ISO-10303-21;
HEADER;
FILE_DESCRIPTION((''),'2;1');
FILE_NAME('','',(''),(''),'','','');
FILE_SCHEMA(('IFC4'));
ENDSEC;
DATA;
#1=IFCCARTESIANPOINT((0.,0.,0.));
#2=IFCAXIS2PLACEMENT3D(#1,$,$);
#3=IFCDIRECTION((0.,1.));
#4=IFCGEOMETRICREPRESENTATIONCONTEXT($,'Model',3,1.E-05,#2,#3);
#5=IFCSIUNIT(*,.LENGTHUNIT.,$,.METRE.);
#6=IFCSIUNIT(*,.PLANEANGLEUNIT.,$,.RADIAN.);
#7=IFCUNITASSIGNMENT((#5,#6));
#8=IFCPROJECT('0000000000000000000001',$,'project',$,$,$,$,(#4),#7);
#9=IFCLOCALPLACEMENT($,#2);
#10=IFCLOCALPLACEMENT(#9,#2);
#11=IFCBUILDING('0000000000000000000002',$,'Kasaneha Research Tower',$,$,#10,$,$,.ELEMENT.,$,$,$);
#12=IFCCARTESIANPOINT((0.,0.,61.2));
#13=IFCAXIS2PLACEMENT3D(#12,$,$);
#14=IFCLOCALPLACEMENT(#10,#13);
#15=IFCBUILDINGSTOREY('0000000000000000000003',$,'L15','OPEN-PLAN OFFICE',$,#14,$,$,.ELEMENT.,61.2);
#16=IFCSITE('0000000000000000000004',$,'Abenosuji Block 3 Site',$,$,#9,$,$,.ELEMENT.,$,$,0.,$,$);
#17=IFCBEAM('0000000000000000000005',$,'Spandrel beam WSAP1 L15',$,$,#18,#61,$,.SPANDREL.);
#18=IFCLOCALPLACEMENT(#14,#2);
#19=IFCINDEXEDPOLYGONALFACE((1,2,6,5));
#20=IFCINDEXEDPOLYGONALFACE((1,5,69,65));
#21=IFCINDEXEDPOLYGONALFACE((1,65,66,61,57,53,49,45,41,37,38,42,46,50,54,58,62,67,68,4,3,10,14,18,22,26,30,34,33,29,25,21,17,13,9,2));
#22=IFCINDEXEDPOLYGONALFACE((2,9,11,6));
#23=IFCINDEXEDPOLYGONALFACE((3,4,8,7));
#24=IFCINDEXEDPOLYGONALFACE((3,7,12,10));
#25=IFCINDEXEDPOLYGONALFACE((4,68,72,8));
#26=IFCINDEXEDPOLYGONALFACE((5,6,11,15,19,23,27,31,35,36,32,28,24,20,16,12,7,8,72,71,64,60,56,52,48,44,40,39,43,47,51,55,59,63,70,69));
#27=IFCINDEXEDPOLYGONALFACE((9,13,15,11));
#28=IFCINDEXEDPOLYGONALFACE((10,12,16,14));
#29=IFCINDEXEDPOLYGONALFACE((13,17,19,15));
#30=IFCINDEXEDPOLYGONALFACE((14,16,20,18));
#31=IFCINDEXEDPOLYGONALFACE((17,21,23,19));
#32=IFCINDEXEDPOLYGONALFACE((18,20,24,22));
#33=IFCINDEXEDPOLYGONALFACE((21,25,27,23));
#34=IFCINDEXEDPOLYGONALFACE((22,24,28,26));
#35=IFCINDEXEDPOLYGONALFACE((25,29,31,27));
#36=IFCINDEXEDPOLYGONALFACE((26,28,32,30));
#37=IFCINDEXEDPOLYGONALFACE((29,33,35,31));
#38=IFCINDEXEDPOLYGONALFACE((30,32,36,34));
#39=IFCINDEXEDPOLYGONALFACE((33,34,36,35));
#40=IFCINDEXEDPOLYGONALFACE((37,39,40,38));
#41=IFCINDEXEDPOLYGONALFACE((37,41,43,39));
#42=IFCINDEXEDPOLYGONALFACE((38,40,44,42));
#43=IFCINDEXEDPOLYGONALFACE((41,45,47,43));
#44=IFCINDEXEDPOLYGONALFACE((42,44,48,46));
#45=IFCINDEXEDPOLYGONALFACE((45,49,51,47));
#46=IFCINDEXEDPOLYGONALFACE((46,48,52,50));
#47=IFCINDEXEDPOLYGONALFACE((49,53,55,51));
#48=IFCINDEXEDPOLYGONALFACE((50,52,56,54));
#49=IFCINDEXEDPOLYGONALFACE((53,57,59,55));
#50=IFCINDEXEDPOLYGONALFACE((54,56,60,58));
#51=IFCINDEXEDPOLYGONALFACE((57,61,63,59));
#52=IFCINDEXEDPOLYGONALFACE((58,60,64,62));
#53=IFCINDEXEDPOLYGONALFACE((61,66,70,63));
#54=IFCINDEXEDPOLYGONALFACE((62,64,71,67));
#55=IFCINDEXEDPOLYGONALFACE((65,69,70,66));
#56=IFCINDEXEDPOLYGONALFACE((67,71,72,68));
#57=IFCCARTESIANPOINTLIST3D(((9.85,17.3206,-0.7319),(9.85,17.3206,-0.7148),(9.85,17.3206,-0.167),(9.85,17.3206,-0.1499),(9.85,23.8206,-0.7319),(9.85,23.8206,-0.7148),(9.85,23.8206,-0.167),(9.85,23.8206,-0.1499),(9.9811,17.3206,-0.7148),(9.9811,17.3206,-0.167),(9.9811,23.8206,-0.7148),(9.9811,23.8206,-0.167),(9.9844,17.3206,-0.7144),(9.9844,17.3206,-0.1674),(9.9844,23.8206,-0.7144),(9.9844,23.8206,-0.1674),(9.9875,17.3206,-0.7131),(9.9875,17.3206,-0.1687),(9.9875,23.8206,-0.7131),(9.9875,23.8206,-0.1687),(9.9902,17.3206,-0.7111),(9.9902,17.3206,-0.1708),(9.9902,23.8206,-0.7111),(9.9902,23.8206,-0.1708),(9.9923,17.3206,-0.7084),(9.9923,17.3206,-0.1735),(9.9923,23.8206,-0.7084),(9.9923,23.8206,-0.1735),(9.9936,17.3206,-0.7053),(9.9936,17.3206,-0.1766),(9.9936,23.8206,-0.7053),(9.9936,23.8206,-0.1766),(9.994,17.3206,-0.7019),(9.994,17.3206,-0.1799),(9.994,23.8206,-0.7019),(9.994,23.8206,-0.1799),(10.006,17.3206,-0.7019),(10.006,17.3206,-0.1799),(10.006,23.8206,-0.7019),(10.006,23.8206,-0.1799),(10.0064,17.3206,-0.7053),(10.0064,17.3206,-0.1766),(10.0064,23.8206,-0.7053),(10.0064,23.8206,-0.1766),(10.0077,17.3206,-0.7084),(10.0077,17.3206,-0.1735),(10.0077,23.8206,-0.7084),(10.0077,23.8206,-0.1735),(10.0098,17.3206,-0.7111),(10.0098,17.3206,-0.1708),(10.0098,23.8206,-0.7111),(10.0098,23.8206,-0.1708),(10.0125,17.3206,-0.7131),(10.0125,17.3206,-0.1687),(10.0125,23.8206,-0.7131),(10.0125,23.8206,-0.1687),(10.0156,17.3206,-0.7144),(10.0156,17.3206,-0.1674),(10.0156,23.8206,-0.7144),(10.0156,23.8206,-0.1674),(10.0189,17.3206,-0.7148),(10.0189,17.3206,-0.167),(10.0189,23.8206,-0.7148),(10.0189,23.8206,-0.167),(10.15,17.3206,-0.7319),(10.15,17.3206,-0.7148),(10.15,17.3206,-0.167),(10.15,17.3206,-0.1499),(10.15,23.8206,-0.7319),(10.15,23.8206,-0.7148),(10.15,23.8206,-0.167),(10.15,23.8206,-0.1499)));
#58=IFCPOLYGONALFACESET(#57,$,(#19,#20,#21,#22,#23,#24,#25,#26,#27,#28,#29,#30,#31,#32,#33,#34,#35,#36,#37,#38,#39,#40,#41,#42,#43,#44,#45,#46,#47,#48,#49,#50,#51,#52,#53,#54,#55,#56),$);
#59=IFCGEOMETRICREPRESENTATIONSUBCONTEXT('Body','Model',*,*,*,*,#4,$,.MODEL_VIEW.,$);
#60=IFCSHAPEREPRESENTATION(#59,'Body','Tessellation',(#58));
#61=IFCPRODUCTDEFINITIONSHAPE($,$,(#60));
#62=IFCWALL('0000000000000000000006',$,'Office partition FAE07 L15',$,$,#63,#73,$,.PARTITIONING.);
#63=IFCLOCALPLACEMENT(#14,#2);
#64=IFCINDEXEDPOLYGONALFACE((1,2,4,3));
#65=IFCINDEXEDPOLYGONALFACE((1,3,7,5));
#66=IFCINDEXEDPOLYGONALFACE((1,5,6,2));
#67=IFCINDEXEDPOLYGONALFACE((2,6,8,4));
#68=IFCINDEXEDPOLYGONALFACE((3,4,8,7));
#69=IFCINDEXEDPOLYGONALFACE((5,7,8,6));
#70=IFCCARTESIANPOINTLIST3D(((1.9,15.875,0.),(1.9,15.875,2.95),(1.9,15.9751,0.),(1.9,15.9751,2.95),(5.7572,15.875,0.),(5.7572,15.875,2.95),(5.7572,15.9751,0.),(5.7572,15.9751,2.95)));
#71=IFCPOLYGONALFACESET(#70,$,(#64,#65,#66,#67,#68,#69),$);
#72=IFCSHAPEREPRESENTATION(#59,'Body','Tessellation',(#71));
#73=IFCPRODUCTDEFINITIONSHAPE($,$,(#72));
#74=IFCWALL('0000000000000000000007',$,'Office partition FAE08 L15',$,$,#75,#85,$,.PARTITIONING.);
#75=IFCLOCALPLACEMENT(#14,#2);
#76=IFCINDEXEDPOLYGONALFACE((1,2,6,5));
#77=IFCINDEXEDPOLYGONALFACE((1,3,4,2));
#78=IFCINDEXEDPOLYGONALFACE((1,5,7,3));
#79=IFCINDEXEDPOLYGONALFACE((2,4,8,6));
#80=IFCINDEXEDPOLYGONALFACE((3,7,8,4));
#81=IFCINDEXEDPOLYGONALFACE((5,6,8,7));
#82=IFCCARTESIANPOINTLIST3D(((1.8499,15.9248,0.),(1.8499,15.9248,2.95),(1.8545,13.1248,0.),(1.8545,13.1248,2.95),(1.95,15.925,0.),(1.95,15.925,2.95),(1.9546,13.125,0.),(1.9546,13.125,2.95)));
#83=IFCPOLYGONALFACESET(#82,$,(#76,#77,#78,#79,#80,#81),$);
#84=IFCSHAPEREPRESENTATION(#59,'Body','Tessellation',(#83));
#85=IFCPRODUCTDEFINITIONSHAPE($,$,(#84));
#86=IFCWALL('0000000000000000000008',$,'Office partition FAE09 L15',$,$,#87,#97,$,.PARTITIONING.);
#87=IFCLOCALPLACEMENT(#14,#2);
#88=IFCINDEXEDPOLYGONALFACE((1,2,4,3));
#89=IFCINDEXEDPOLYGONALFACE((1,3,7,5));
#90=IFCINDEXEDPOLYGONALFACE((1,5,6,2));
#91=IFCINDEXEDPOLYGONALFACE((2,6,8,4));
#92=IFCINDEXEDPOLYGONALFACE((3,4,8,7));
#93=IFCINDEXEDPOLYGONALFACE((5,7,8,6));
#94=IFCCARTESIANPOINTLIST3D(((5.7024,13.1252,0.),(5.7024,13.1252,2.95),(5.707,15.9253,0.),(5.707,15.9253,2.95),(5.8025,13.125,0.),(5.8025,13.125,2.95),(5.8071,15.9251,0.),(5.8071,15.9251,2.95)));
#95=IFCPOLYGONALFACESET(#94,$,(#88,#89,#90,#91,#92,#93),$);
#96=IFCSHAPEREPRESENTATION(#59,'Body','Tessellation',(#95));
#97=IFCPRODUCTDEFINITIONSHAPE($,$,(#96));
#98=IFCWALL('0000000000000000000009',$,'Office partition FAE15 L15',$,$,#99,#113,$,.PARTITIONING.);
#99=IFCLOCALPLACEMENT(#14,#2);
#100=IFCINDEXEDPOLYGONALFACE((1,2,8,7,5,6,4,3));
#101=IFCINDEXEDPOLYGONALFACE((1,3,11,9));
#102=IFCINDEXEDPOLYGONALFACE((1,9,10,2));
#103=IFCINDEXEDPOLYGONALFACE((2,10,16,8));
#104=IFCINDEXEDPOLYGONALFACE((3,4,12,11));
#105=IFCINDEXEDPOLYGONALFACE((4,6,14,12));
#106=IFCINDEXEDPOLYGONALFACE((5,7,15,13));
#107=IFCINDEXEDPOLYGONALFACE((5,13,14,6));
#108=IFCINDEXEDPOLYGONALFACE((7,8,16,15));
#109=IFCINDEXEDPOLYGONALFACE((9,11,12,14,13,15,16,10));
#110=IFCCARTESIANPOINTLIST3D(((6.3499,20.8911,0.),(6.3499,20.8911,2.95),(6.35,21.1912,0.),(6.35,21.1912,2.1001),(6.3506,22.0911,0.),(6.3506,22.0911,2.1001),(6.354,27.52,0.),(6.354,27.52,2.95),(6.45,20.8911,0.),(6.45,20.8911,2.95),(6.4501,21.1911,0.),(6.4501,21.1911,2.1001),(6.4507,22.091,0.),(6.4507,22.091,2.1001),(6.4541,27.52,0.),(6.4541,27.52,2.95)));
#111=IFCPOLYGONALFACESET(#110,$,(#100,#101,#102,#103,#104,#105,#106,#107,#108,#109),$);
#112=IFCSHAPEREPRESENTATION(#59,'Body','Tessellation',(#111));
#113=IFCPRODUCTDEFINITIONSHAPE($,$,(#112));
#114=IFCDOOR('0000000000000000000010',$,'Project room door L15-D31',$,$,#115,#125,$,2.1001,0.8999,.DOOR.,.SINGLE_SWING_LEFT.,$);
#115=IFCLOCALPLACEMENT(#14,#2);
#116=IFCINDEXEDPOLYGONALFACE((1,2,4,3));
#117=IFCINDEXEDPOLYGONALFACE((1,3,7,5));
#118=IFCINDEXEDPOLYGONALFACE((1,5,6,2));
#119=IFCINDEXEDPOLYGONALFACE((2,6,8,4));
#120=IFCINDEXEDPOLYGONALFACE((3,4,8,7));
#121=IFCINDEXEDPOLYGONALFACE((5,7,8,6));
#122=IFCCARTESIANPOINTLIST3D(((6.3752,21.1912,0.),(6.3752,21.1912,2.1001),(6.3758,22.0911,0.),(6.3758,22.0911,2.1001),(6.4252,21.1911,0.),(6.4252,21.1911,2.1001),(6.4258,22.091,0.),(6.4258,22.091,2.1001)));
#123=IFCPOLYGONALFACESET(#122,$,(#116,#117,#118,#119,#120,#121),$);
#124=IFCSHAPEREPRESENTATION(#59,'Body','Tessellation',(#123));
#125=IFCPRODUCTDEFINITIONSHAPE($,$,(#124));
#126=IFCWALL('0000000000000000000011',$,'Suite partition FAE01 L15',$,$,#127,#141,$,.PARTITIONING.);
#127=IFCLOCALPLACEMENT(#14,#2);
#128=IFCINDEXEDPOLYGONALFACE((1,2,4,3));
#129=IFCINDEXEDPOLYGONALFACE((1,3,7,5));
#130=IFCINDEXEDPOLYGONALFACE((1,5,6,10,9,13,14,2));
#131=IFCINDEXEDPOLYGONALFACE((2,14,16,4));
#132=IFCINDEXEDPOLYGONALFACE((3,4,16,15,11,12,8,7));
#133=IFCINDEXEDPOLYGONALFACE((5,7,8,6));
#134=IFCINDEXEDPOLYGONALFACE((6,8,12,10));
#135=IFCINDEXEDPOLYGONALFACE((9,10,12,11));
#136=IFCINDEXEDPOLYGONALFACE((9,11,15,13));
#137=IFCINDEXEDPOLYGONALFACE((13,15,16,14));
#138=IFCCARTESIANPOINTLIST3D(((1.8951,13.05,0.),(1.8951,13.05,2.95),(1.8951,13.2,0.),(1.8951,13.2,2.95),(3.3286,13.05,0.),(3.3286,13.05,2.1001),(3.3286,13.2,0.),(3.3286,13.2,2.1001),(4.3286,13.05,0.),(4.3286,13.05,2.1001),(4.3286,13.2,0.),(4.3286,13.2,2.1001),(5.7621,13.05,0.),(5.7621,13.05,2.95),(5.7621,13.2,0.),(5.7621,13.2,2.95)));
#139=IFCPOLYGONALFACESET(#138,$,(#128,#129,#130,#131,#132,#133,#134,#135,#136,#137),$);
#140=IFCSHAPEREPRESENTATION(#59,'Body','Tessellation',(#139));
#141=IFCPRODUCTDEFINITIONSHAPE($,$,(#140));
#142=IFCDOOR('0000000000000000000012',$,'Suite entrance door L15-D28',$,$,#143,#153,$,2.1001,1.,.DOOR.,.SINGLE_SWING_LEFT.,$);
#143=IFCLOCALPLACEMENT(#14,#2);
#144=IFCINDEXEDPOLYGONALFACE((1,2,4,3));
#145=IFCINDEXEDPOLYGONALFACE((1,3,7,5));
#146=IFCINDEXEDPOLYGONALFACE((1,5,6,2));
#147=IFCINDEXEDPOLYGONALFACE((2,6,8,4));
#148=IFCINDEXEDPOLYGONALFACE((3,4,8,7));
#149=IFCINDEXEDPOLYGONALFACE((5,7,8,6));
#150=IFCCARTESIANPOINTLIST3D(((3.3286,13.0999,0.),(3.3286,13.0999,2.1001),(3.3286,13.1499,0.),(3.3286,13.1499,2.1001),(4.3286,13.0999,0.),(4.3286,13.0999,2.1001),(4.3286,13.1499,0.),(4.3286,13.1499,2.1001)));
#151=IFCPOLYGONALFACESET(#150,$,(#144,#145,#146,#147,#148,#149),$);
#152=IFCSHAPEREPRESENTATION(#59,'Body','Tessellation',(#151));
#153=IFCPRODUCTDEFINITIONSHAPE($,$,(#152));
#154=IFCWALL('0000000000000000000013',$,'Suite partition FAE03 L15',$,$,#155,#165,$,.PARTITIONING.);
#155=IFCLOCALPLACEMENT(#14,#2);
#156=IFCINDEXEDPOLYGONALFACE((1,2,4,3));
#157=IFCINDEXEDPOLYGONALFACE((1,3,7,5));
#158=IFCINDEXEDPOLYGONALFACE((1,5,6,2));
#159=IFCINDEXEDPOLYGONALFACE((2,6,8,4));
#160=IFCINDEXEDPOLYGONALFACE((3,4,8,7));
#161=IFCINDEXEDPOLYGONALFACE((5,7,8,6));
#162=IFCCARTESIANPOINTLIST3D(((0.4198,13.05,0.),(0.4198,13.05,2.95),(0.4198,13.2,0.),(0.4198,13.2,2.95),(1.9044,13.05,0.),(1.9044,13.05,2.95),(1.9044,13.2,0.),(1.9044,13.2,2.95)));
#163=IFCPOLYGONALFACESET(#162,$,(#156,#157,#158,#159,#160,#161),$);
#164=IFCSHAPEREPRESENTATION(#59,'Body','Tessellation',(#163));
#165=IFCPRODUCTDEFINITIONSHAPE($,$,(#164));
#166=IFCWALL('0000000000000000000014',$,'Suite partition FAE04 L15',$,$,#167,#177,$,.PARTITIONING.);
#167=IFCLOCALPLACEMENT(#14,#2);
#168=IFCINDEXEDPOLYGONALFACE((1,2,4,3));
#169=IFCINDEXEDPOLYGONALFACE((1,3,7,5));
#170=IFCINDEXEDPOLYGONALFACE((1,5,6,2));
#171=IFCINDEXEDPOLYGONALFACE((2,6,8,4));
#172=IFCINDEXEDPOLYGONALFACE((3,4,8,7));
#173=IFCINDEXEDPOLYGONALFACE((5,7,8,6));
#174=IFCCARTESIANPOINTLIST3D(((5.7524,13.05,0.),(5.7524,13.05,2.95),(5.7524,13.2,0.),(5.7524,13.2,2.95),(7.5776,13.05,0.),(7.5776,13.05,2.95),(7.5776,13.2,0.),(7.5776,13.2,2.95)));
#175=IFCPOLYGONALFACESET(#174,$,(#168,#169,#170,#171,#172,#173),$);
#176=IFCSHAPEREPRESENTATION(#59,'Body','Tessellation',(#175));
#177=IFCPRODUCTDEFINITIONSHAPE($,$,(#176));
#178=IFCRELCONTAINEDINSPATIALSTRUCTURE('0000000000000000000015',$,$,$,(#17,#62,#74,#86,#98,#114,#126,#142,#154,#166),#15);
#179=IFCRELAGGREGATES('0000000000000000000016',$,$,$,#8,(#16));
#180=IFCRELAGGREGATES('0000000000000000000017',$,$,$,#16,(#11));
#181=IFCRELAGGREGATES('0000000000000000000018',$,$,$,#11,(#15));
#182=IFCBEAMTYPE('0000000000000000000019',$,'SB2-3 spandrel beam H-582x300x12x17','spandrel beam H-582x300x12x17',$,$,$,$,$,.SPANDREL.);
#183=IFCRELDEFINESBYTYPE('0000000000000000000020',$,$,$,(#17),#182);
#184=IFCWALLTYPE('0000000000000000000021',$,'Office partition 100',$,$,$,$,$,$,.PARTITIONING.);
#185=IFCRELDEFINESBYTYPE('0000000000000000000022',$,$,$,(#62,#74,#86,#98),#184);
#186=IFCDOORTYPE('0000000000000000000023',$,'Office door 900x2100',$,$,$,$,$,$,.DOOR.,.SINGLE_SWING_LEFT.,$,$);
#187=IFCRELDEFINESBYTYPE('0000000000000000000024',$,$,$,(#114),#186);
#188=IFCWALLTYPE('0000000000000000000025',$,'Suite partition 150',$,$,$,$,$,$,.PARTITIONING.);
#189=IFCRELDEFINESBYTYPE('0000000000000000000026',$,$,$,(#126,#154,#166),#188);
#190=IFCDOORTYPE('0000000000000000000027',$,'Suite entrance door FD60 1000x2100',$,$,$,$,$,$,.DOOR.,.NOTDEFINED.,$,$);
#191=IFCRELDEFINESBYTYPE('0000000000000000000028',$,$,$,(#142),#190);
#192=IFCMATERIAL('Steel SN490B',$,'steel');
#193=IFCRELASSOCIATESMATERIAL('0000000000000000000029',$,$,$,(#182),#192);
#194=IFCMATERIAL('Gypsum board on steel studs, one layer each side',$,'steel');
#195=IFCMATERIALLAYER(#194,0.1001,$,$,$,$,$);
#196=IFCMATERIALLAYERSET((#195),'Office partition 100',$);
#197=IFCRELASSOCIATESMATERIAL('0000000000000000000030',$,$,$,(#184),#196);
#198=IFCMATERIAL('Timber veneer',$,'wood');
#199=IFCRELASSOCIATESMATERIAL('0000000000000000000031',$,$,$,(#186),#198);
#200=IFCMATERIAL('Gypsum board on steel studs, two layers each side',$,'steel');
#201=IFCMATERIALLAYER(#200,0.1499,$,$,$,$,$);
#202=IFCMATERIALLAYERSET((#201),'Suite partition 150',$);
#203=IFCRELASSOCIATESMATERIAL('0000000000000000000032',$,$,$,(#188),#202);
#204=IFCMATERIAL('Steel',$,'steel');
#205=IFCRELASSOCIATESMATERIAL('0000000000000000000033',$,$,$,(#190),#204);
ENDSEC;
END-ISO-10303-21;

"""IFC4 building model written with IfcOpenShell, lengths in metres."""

from ifc_helpers import new_model, si_unit, direction, frame, frame_2d, origin, origin_2d, place, context, subcontext, project, spatial, rectangle, i_section, extrude, material, layer, layer_set, material_profile, profile_set, type_object, element, fill, save


model = new_model("IFC4")

# Units and contexts
model_context = context("Model", 3, precision=1e-05, world=origin(), true_north=direction((0.0, 1.0)))
body_context = subcontext(model_context, "Body", "Model", "MODEL_VIEW")
ifc_project = project(units=[si_unit("LENGTHUNIT", "METRE"), si_unit("PLANEANGLEUNIT", "RADIAN")], contexts=[model_context])

# Site, building, storey
site_placement = place(None, origin())
site = spatial("IfcSite", under=ifc_project, at=site_placement, Name="Abenosuji Block 3 Site", CompositionType="ELEMENT", RefElevation=0.0)
building_placement = place(site_placement, origin())
building = spatial("IfcBuilding", under=site, at=building_placement, Name="Kasaneha Research Tower", CompositionType="ELEMENT")
storey_placement = place(building_placement, frame((0.0, 0.0, 61.2)))
storey = spatial("IfcBuildingStorey", under=building, at=storey_placement, Name="L15", Description="OPEN-PLAN OFFICE", CompositionType="ELEMENT", Elevation=61.2)

# Beam
ifc_material_1 = material(Name="Steel SN490B", Category="steel")
ifc_material_profile_1 = material_profile(ifc_material_1, i_section(OverallWidth=0.3, OverallDepth=0.582, WebThickness=0.012, FlangeThickness=0.0171, FilletRadius=0.0129, at=origin_2d()), Name="H-582x300x12x17")
ifc_profile_set_1 = profile_set([ifc_material_profile_1], Name="Steel SN490B")
beam_type_1 = type_object("IfcBeamType", Name="SB2-3 spandrel beam H-582x300x12x17", Description="spandrel beam H-582x300x12x17", PredefinedType="SPANDREL", material=ifc_profile_set_1)
beam_1_placement = place(storey_placement, frame((10.0, 17.3206, -0.4409), z_axis=(0.0, 1.0, 0.0), x_axis=(-1.0, 0.0, 0.0)))
element("IfcBeam", 1, at=beam_1_placement, inside=storey, type_object=beam_type_1, Name="Spandrel beam WSAP1 L15", PredefinedType="SPANDREL", context=body_context, shape_type="SweptSolid", body=[
    extrude(i_section(OverallWidth=0.3, OverallDepth=0.582, WebThickness=0.012, FlangeThickness=0.0171, FilletRadius=0.0129, at=origin_2d()), origin(), (0.0, 0.0, 1.0), 6.5),
])

# Walls
ifc_material_2 = material(Name="Gypsum board on steel studs, one layer each side", Category="steel")
ifc_layer_1 = layer(ifc_material_2, 0.1001)
ifc_layer_set_1 = layer_set([ifc_layer_1], Name="Office partition 100")
wall_type_1 = type_object("IfcWallType", Name="Office partition 100", PredefinedType="PARTITIONING", material=ifc_layer_set_1)
wall_1_placement = place(storey_placement, frame((1.8999, 15.925, 0.0), z_axis=(0.0, 0.0, 1.0), x_axis=(1.0, 0.0, 0.0)))
element("IfcWall", 2, at=wall_1_placement, inside=storey, type_object=wall_type_1, Name="Office partition FAE07 L15", PredefinedType="PARTITIONING", context=body_context, shape_type="SweptSolid", body=[
    extrude(rectangle(XDim=3.8572, YDim=0.1001, at=frame_2d((1.9287, 0.0))), origin(), (0.0, 0.0, 1.0), 2.95),
])
for number, where, z_axis, x_axis, name in (
    (3, (1.9045, 13.125, 0.0), (0.0, 0.0, 1.0), (-0.001657, 0.999999, 0.0), "Office partition FAE08 L15"),
    (4, (5.7571, 15.925, 0.0), (0.0, 0.0, 1.0), (-0.001657, -0.999999, 0.0), "Office partition FAE09 L15"),
):
    element("IfcWall", number, at=place(storey_placement, frame(where, z_axis=z_axis, x_axis=x_axis)), inside=storey, type_object=wall_type_1, Name=name, PredefinedType="PARTITIONING", context=body_context, shape_type="SweptSolid", body=[
        extrude(rectangle(XDim=2.8, YDim=0.1001, at=frame_2d((1.3999, 0.0))), origin(), (0.0, 0.0, 1.0), 2.95),
    ])

# Walls, openings, doors
wall_2_placement = place(storey_placement, frame((6.3999, 20.8911, 0.0), z_axis=(0.0, 0.0, 1.0), x_axis=(0.000626, 1.0, 0.0)))
wall_2 = element("IfcWall", 5, at=wall_2_placement, inside=storey, type_object=wall_type_1, Name="Office partition FAE15 L15", PredefinedType="PARTITIONING", context=body_context, shape_type="SweptSolid", body=[
    extrude(rectangle(XDim=6.6289, YDim=0.1001, at=frame_2d((3.3145, 0.0))), origin(), (0.0, 0.0, 1.0), 2.95),
])
opening_1_placement = place(wall_2_placement, frame((0.3, 0.0, 0.0)))
opening_1 = element("IfcOpeningElement", 6, at=opening_1_placement, cuts=wall_2, PredefinedType="OPENING", context=body_context, shape_type="SweptSolid", body=[
    extrude(rectangle(XDim=0.8999, YDim=2.1001, at=frame_2d((0.45, 1.05))), frame((0.0, 0.0601, 0.0), z_axis=(0.0, -1.0, 0.0), x_axis=(1.0, 0.0, 0.0)), (0.0, 0.0, 1.0), 0.1201),
])
ifc_material_3 = material(Name="Timber veneer", Category="wood")
door_type_1 = type_object("IfcDoorType", Name="Office door 900x2100", OperationType="SINGLE_SWING_LEFT", PredefinedType="DOOR", material=ifc_material_3)
door_1_placement = place(opening_1_placement, origin())
door_1 = element("IfcDoor", 7, at=door_1_placement, inside=storey, type_object=door_type_1, Name="Project room door L15-D31", OperationType="SINGLE_SWING_LEFT", OverallHeight=2.1001, OverallWidth=0.8999, PredefinedType="DOOR", context=body_context, shape_type="SweptSolid", body=[
    extrude(rectangle(XDim=0.8999, YDim=2.1001, at=frame_2d((0.45, 1.05))), frame((0.0, 0.0249, 0.0), z_axis=(0.0, -1.0, 0.0), x_axis=(1.0, 0.0, 0.0)), (0.0, 0.0, 1.0), 0.05),
])
fill(opening_1, door_1)
ifc_material_4 = material(Name="Gypsum board on steel studs, two layers each side", Category="steel")
ifc_layer_2 = layer(ifc_material_4, 0.1499)
ifc_layer_set_2 = layer_set([ifc_layer_2], Name="Suite partition 150")
wall_type_2 = type_object("IfcWallType", Name="Suite partition 150", PredefinedType="PARTITIONING", material=ifc_layer_set_2)
wall_3_placement = place(storey_placement, frame((1.895, 13.125, 0.0), z_axis=(0.0, 0.0, 1.0), x_axis=(1.0, 0.0, 0.0)))
wall_3 = element("IfcWall", 8, at=wall_3_placement, inside=storey, type_object=wall_type_2, Name="Suite partition FAE01 L15", PredefinedType="PARTITIONING", context=body_context, shape_type="SweptSolid", body=[
    extrude(rectangle(XDim=3.8669, YDim=0.1499, at=frame_2d((1.9336, 0.0))), origin(), (0.0, 0.0, 1.0), 2.95),
])
opening_2_placement = place(wall_3_placement, frame((1.4336, 0.0, 0.0)))
opening_2 = element("IfcOpeningElement", 9, at=opening_2_placement, cuts=wall_3, PredefinedType="OPENING", context=body_context, shape_type="SweptSolid", body=[
    extrude(rectangle(XDim=1.0, YDim=2.1001, at=frame_2d((0.5, 1.05))), frame((0.0, 0.085, 0.0), z_axis=(0.0, -1.0, 0.0), x_axis=(1.0, 0.0, 0.0)), (0.0, 0.0, 1.0), 0.1699),
])
ifc_material_5 = material(Name="Steel", Category="steel")
door_type_2 = type_object("IfcDoorType", Name="Suite entrance door FD60 1000x2100", OperationType="NOTDEFINED", PredefinedType="DOOR", material=ifc_material_5)
door_2_placement = place(opening_2_placement, origin())
door_2 = element("IfcDoor", 10, at=door_2_placement, inside=storey, type_object=door_type_2, Name="Suite entrance door L15-D28", OperationType="SINGLE_SWING_LEFT", OverallHeight=2.1001, OverallWidth=1.0, PredefinedType="DOOR", context=body_context, shape_type="SweptSolid", body=[
    extrude(rectangle(XDim=1.0, YDim=2.1001, at=frame_2d((0.5, 1.05))), frame((0.0, 0.0249, 0.0), z_axis=(0.0, -1.0, 0.0), x_axis=(1.0, 0.0, 0.0)), (0.0, 0.0, 1.0), 0.05),
])
fill(opening_2, door_2)

# Walls
wall_4_placement = place(storey_placement, frame((0.4199, 13.125, 0.0), z_axis=(0.0, 0.0, 1.0), x_axis=(1.0, 0.0, 0.0)))
element("IfcWall", 11, at=wall_4_placement, inside=storey, type_object=wall_type_2, Name="Suite partition FAE03 L15", PredefinedType="PARTITIONING", context=body_context, shape_type="SweptSolid", body=[
    extrude(rectangle(XDim=1.4846, YDim=0.1499, at=frame_2d((0.7422, 0.0))), origin(), (0.0, 0.0, 1.0), 2.95),
])
wall_5_placement = place(storey_placement, frame((5.7524, 13.125, 0.0), z_axis=(0.0, 0.0, 1.0), x_axis=(1.0, 0.0, 0.0)))
element("IfcWall", 12, at=wall_5_placement, inside=storey, type_object=wall_type_2, Name="Suite partition FAE04 L15", PredefinedType="PARTITIONING", context=body_context, shape_type="SweptSolid", body=[
    extrude(rectangle(XDim=1.8252, YDim=0.1499, at=frame_2d((0.9126, 0.0))), origin(), (0.0, 0.0, 1.0), 2.95),
])

save(model, "model.ifc")
